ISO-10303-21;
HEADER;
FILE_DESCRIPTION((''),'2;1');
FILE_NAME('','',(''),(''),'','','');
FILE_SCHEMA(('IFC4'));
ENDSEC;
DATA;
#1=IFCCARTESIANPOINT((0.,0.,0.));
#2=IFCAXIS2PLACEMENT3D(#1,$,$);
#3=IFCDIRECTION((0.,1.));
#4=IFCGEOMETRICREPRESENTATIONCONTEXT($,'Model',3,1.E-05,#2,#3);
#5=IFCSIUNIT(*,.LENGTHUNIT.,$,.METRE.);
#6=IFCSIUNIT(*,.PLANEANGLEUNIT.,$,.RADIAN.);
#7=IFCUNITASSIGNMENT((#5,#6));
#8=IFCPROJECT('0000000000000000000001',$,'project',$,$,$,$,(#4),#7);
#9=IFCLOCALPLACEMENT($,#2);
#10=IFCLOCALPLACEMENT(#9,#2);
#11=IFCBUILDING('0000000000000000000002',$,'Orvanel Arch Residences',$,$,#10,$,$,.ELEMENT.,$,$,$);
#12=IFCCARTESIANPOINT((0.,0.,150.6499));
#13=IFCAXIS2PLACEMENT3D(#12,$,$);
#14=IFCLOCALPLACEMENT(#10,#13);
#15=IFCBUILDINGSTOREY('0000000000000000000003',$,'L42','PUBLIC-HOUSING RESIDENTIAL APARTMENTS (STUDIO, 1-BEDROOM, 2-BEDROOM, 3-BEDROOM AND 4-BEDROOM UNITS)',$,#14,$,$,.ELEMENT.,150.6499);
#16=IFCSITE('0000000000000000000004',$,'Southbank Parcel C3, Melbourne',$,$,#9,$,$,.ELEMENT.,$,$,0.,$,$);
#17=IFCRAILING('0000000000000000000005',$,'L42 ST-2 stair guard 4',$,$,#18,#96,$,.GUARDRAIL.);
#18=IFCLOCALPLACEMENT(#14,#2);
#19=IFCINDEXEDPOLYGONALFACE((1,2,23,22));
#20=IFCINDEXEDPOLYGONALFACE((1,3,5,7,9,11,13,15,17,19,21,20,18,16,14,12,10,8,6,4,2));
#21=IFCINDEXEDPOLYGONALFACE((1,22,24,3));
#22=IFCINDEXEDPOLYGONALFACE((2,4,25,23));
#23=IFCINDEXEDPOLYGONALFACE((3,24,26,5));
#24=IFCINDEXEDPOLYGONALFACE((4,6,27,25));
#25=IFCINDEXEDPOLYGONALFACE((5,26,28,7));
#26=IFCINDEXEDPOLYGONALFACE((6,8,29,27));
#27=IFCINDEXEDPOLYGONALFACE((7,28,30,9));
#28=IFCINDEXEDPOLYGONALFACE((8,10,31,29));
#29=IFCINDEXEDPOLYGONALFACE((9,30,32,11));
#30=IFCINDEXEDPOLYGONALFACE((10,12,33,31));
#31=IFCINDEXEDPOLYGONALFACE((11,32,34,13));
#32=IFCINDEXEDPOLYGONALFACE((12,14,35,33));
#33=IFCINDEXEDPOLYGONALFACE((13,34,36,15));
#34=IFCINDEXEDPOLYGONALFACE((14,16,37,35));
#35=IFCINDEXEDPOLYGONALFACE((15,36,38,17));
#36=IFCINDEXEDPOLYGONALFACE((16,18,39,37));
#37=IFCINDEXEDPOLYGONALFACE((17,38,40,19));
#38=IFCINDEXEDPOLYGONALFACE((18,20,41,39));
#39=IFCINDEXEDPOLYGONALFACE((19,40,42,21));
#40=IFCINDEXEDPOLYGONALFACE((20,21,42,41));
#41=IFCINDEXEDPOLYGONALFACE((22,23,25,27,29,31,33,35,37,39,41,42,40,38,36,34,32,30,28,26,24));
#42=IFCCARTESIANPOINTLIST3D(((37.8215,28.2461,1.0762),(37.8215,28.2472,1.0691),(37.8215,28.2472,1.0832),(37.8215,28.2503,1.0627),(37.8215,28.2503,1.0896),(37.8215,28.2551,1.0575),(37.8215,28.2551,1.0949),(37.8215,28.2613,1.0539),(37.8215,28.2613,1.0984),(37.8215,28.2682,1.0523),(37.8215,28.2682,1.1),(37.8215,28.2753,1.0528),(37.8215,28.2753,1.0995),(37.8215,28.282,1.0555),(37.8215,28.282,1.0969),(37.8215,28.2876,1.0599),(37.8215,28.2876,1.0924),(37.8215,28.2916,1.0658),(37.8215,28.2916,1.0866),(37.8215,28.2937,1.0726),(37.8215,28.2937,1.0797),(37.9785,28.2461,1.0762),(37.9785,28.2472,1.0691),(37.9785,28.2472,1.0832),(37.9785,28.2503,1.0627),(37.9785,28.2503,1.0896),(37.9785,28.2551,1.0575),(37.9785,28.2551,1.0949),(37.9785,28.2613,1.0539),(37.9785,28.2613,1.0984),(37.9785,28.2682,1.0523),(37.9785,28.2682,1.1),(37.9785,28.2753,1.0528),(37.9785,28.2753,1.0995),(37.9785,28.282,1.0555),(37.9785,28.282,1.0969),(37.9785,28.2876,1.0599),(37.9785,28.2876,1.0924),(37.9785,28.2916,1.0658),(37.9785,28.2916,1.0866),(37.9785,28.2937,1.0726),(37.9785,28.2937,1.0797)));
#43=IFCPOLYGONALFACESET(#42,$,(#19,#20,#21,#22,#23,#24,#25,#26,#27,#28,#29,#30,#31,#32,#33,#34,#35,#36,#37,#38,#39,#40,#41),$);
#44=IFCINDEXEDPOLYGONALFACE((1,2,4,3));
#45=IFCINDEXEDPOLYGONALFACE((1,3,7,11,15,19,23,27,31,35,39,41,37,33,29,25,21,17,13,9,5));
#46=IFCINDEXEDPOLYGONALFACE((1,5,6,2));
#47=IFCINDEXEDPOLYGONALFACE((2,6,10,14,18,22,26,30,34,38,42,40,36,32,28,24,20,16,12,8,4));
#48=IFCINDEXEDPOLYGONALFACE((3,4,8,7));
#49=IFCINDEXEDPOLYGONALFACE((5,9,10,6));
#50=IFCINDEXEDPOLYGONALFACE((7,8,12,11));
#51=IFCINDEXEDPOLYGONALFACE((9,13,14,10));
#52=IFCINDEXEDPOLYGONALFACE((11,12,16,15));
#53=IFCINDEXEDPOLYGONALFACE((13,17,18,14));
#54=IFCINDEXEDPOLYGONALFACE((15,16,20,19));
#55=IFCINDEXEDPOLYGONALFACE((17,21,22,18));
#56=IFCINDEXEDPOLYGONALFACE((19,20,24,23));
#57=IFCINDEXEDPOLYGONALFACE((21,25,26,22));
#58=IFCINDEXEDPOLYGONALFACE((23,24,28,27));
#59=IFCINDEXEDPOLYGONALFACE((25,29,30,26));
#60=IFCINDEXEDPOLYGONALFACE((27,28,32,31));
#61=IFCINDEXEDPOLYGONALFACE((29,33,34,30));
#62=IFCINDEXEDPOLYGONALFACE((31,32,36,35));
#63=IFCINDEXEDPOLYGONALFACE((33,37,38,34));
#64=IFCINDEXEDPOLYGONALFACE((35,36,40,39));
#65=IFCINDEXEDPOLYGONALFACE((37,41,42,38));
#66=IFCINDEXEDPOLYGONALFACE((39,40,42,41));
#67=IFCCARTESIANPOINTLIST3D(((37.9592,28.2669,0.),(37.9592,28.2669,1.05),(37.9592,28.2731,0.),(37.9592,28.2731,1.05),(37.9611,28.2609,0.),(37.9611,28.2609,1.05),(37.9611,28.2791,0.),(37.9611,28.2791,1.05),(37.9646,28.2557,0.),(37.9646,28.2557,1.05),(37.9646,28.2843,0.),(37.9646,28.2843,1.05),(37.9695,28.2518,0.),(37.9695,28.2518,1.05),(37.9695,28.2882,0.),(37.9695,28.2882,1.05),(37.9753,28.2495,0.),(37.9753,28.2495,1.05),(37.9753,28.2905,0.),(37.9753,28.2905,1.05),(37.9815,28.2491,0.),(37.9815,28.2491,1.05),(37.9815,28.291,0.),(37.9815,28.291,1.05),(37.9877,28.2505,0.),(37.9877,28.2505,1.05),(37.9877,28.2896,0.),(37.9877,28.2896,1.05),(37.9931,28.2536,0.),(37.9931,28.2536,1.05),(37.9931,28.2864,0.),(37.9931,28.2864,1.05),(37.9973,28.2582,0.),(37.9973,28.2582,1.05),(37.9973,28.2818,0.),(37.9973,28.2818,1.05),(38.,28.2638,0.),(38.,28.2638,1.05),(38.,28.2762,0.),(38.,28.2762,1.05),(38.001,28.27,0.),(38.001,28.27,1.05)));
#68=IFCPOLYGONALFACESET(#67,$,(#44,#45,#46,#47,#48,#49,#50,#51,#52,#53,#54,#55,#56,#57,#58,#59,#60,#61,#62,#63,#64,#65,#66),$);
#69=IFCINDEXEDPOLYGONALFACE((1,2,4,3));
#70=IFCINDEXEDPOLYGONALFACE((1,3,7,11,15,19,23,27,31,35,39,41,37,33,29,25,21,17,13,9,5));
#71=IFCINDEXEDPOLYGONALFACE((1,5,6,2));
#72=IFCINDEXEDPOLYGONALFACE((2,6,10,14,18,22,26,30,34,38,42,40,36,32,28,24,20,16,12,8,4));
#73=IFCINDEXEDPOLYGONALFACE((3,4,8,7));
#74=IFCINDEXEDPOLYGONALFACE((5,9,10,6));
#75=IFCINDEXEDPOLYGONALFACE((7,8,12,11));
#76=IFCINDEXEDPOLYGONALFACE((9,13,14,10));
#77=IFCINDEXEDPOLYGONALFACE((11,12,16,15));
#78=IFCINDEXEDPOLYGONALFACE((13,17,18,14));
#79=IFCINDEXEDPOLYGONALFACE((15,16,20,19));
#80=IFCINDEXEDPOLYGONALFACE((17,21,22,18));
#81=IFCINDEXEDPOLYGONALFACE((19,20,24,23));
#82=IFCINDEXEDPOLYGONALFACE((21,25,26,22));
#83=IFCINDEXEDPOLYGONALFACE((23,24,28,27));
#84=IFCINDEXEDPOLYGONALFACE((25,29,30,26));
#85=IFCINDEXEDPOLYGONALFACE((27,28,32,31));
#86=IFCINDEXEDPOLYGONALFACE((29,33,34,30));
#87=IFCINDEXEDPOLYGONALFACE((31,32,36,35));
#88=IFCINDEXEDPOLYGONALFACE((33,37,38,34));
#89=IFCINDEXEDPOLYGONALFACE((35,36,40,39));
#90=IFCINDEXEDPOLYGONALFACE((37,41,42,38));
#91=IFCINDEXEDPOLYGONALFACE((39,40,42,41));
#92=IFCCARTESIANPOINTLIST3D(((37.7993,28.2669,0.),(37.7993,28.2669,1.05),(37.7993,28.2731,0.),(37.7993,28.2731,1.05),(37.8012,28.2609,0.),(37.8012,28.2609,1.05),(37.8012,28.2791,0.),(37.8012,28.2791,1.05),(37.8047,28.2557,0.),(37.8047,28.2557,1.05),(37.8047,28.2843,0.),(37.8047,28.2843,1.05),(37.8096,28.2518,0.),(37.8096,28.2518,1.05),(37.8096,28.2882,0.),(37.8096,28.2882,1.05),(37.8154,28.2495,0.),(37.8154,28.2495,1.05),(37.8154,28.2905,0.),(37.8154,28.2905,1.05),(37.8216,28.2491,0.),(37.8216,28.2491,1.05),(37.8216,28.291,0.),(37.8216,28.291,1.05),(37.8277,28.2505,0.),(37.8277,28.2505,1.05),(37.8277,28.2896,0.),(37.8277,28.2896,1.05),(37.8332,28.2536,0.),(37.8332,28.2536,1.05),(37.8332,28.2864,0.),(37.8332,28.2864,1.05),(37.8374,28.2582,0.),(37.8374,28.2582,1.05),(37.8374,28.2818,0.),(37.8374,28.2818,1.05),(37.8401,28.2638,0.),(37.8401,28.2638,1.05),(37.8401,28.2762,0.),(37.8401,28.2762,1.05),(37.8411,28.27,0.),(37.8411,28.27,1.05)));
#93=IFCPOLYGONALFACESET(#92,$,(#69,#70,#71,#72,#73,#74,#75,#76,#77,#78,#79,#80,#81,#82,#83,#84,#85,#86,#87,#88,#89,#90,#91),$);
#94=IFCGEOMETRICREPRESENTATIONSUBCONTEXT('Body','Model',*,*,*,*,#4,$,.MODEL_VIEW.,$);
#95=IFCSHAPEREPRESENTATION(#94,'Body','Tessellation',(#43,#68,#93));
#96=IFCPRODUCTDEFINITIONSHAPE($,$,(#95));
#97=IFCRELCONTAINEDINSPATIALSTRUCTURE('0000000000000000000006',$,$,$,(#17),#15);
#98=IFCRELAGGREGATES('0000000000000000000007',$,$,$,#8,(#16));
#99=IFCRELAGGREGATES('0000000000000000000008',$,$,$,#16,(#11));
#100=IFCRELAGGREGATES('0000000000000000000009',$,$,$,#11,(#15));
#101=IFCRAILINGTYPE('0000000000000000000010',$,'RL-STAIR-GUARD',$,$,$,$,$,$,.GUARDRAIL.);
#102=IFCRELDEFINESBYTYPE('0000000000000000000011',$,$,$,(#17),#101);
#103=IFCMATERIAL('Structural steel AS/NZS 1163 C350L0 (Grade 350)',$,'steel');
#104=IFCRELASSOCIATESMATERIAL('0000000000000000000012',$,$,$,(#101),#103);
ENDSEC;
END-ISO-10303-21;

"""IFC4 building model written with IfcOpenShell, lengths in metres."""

from ifc_helpers import new_model, si_unit, direction, frame, origin, origin_2d, place, context, subcontext, project, spatial, circle, extrude, material, type_object, element, save


model = new_model("IFC4")

# Units and contexts
model_context = context("Model", 3, precision=1e-05, world=origin(), true_north=direction((0.0, 1.0)))
body_context = subcontext(model_context, "Body", "Model", "MODEL_VIEW")
ifc_project = project(units=[si_unit("LENGTHUNIT", "METRE"), si_unit("PLANEANGLEUNIT", "RADIAN")], contexts=[model_context])

# Site, building, storey
site_placement = place(None, origin())
site = spatial("IfcSite", under=ifc_project, at=site_placement, Name="Southbank Parcel C3, Melbourne", CompositionType="ELEMENT", RefElevation=0.0)
building_placement = place(site_placement, origin())
building = spatial("IfcBuilding", under=site, at=building_placement, Name="Orvanel Arch Residences", CompositionType="ELEMENT")
storey_placement = place(building_placement, frame((0.0, 0.0, 150.6499)))
storey = spatial("IfcBuildingStorey", under=building, at=storey_placement, Name="L42", Description="PUBLIC-HOUSING RESIDENTIAL APARTMENTS (STUDIO, 1-BEDROOM, 2-BEDROOM, 3-BEDROOM AND 4-BEDROOM UNITS)", CompositionType="ELEMENT", Elevation=150.6499)

# Railing
ifc_material_1 = material(Name="Structural steel AS/NZS 1163 C350L0 (Grade 350)", Category="steel")
railing_type_1 = type_object("IfcRailingType", Name="RL-STAIR-GUARD", PredefinedType="GUARDRAIL", material=ifc_material_1)
railing_1_placement = place(storey_placement, frame((37.98, 28.27, 0.0)))
element("IfcRailing", 1, at=railing_1_placement, inside=storey, type_object=railing_type_1, Name="L42 ST-2 stair guard 4", PredefinedType="GUARDRAIL", context=body_context, shape_type="SweptSolid", body=[
    extrude(circle(Radius=0.0239, at=origin_2d()), frame((-0.0015, 0.0, 1.0762), z_axis=(-1.0, 0.0, 0.0), x_axis=(0.0, -1.0, 0.0)), (0.0, 0.0, 1.0), 0.157),
    extrude(circle(Radius=0.021, at=origin_2d()), origin(), (0.0, 0.0, 1.0), 1.05),
    extrude(circle(Radius=0.021, at=origin_2d()), frame((-0.1599, 0.0, 0.0)), (0.0, 0.0, 1.0), 1.05),
])

save(model, "model.ifc")
